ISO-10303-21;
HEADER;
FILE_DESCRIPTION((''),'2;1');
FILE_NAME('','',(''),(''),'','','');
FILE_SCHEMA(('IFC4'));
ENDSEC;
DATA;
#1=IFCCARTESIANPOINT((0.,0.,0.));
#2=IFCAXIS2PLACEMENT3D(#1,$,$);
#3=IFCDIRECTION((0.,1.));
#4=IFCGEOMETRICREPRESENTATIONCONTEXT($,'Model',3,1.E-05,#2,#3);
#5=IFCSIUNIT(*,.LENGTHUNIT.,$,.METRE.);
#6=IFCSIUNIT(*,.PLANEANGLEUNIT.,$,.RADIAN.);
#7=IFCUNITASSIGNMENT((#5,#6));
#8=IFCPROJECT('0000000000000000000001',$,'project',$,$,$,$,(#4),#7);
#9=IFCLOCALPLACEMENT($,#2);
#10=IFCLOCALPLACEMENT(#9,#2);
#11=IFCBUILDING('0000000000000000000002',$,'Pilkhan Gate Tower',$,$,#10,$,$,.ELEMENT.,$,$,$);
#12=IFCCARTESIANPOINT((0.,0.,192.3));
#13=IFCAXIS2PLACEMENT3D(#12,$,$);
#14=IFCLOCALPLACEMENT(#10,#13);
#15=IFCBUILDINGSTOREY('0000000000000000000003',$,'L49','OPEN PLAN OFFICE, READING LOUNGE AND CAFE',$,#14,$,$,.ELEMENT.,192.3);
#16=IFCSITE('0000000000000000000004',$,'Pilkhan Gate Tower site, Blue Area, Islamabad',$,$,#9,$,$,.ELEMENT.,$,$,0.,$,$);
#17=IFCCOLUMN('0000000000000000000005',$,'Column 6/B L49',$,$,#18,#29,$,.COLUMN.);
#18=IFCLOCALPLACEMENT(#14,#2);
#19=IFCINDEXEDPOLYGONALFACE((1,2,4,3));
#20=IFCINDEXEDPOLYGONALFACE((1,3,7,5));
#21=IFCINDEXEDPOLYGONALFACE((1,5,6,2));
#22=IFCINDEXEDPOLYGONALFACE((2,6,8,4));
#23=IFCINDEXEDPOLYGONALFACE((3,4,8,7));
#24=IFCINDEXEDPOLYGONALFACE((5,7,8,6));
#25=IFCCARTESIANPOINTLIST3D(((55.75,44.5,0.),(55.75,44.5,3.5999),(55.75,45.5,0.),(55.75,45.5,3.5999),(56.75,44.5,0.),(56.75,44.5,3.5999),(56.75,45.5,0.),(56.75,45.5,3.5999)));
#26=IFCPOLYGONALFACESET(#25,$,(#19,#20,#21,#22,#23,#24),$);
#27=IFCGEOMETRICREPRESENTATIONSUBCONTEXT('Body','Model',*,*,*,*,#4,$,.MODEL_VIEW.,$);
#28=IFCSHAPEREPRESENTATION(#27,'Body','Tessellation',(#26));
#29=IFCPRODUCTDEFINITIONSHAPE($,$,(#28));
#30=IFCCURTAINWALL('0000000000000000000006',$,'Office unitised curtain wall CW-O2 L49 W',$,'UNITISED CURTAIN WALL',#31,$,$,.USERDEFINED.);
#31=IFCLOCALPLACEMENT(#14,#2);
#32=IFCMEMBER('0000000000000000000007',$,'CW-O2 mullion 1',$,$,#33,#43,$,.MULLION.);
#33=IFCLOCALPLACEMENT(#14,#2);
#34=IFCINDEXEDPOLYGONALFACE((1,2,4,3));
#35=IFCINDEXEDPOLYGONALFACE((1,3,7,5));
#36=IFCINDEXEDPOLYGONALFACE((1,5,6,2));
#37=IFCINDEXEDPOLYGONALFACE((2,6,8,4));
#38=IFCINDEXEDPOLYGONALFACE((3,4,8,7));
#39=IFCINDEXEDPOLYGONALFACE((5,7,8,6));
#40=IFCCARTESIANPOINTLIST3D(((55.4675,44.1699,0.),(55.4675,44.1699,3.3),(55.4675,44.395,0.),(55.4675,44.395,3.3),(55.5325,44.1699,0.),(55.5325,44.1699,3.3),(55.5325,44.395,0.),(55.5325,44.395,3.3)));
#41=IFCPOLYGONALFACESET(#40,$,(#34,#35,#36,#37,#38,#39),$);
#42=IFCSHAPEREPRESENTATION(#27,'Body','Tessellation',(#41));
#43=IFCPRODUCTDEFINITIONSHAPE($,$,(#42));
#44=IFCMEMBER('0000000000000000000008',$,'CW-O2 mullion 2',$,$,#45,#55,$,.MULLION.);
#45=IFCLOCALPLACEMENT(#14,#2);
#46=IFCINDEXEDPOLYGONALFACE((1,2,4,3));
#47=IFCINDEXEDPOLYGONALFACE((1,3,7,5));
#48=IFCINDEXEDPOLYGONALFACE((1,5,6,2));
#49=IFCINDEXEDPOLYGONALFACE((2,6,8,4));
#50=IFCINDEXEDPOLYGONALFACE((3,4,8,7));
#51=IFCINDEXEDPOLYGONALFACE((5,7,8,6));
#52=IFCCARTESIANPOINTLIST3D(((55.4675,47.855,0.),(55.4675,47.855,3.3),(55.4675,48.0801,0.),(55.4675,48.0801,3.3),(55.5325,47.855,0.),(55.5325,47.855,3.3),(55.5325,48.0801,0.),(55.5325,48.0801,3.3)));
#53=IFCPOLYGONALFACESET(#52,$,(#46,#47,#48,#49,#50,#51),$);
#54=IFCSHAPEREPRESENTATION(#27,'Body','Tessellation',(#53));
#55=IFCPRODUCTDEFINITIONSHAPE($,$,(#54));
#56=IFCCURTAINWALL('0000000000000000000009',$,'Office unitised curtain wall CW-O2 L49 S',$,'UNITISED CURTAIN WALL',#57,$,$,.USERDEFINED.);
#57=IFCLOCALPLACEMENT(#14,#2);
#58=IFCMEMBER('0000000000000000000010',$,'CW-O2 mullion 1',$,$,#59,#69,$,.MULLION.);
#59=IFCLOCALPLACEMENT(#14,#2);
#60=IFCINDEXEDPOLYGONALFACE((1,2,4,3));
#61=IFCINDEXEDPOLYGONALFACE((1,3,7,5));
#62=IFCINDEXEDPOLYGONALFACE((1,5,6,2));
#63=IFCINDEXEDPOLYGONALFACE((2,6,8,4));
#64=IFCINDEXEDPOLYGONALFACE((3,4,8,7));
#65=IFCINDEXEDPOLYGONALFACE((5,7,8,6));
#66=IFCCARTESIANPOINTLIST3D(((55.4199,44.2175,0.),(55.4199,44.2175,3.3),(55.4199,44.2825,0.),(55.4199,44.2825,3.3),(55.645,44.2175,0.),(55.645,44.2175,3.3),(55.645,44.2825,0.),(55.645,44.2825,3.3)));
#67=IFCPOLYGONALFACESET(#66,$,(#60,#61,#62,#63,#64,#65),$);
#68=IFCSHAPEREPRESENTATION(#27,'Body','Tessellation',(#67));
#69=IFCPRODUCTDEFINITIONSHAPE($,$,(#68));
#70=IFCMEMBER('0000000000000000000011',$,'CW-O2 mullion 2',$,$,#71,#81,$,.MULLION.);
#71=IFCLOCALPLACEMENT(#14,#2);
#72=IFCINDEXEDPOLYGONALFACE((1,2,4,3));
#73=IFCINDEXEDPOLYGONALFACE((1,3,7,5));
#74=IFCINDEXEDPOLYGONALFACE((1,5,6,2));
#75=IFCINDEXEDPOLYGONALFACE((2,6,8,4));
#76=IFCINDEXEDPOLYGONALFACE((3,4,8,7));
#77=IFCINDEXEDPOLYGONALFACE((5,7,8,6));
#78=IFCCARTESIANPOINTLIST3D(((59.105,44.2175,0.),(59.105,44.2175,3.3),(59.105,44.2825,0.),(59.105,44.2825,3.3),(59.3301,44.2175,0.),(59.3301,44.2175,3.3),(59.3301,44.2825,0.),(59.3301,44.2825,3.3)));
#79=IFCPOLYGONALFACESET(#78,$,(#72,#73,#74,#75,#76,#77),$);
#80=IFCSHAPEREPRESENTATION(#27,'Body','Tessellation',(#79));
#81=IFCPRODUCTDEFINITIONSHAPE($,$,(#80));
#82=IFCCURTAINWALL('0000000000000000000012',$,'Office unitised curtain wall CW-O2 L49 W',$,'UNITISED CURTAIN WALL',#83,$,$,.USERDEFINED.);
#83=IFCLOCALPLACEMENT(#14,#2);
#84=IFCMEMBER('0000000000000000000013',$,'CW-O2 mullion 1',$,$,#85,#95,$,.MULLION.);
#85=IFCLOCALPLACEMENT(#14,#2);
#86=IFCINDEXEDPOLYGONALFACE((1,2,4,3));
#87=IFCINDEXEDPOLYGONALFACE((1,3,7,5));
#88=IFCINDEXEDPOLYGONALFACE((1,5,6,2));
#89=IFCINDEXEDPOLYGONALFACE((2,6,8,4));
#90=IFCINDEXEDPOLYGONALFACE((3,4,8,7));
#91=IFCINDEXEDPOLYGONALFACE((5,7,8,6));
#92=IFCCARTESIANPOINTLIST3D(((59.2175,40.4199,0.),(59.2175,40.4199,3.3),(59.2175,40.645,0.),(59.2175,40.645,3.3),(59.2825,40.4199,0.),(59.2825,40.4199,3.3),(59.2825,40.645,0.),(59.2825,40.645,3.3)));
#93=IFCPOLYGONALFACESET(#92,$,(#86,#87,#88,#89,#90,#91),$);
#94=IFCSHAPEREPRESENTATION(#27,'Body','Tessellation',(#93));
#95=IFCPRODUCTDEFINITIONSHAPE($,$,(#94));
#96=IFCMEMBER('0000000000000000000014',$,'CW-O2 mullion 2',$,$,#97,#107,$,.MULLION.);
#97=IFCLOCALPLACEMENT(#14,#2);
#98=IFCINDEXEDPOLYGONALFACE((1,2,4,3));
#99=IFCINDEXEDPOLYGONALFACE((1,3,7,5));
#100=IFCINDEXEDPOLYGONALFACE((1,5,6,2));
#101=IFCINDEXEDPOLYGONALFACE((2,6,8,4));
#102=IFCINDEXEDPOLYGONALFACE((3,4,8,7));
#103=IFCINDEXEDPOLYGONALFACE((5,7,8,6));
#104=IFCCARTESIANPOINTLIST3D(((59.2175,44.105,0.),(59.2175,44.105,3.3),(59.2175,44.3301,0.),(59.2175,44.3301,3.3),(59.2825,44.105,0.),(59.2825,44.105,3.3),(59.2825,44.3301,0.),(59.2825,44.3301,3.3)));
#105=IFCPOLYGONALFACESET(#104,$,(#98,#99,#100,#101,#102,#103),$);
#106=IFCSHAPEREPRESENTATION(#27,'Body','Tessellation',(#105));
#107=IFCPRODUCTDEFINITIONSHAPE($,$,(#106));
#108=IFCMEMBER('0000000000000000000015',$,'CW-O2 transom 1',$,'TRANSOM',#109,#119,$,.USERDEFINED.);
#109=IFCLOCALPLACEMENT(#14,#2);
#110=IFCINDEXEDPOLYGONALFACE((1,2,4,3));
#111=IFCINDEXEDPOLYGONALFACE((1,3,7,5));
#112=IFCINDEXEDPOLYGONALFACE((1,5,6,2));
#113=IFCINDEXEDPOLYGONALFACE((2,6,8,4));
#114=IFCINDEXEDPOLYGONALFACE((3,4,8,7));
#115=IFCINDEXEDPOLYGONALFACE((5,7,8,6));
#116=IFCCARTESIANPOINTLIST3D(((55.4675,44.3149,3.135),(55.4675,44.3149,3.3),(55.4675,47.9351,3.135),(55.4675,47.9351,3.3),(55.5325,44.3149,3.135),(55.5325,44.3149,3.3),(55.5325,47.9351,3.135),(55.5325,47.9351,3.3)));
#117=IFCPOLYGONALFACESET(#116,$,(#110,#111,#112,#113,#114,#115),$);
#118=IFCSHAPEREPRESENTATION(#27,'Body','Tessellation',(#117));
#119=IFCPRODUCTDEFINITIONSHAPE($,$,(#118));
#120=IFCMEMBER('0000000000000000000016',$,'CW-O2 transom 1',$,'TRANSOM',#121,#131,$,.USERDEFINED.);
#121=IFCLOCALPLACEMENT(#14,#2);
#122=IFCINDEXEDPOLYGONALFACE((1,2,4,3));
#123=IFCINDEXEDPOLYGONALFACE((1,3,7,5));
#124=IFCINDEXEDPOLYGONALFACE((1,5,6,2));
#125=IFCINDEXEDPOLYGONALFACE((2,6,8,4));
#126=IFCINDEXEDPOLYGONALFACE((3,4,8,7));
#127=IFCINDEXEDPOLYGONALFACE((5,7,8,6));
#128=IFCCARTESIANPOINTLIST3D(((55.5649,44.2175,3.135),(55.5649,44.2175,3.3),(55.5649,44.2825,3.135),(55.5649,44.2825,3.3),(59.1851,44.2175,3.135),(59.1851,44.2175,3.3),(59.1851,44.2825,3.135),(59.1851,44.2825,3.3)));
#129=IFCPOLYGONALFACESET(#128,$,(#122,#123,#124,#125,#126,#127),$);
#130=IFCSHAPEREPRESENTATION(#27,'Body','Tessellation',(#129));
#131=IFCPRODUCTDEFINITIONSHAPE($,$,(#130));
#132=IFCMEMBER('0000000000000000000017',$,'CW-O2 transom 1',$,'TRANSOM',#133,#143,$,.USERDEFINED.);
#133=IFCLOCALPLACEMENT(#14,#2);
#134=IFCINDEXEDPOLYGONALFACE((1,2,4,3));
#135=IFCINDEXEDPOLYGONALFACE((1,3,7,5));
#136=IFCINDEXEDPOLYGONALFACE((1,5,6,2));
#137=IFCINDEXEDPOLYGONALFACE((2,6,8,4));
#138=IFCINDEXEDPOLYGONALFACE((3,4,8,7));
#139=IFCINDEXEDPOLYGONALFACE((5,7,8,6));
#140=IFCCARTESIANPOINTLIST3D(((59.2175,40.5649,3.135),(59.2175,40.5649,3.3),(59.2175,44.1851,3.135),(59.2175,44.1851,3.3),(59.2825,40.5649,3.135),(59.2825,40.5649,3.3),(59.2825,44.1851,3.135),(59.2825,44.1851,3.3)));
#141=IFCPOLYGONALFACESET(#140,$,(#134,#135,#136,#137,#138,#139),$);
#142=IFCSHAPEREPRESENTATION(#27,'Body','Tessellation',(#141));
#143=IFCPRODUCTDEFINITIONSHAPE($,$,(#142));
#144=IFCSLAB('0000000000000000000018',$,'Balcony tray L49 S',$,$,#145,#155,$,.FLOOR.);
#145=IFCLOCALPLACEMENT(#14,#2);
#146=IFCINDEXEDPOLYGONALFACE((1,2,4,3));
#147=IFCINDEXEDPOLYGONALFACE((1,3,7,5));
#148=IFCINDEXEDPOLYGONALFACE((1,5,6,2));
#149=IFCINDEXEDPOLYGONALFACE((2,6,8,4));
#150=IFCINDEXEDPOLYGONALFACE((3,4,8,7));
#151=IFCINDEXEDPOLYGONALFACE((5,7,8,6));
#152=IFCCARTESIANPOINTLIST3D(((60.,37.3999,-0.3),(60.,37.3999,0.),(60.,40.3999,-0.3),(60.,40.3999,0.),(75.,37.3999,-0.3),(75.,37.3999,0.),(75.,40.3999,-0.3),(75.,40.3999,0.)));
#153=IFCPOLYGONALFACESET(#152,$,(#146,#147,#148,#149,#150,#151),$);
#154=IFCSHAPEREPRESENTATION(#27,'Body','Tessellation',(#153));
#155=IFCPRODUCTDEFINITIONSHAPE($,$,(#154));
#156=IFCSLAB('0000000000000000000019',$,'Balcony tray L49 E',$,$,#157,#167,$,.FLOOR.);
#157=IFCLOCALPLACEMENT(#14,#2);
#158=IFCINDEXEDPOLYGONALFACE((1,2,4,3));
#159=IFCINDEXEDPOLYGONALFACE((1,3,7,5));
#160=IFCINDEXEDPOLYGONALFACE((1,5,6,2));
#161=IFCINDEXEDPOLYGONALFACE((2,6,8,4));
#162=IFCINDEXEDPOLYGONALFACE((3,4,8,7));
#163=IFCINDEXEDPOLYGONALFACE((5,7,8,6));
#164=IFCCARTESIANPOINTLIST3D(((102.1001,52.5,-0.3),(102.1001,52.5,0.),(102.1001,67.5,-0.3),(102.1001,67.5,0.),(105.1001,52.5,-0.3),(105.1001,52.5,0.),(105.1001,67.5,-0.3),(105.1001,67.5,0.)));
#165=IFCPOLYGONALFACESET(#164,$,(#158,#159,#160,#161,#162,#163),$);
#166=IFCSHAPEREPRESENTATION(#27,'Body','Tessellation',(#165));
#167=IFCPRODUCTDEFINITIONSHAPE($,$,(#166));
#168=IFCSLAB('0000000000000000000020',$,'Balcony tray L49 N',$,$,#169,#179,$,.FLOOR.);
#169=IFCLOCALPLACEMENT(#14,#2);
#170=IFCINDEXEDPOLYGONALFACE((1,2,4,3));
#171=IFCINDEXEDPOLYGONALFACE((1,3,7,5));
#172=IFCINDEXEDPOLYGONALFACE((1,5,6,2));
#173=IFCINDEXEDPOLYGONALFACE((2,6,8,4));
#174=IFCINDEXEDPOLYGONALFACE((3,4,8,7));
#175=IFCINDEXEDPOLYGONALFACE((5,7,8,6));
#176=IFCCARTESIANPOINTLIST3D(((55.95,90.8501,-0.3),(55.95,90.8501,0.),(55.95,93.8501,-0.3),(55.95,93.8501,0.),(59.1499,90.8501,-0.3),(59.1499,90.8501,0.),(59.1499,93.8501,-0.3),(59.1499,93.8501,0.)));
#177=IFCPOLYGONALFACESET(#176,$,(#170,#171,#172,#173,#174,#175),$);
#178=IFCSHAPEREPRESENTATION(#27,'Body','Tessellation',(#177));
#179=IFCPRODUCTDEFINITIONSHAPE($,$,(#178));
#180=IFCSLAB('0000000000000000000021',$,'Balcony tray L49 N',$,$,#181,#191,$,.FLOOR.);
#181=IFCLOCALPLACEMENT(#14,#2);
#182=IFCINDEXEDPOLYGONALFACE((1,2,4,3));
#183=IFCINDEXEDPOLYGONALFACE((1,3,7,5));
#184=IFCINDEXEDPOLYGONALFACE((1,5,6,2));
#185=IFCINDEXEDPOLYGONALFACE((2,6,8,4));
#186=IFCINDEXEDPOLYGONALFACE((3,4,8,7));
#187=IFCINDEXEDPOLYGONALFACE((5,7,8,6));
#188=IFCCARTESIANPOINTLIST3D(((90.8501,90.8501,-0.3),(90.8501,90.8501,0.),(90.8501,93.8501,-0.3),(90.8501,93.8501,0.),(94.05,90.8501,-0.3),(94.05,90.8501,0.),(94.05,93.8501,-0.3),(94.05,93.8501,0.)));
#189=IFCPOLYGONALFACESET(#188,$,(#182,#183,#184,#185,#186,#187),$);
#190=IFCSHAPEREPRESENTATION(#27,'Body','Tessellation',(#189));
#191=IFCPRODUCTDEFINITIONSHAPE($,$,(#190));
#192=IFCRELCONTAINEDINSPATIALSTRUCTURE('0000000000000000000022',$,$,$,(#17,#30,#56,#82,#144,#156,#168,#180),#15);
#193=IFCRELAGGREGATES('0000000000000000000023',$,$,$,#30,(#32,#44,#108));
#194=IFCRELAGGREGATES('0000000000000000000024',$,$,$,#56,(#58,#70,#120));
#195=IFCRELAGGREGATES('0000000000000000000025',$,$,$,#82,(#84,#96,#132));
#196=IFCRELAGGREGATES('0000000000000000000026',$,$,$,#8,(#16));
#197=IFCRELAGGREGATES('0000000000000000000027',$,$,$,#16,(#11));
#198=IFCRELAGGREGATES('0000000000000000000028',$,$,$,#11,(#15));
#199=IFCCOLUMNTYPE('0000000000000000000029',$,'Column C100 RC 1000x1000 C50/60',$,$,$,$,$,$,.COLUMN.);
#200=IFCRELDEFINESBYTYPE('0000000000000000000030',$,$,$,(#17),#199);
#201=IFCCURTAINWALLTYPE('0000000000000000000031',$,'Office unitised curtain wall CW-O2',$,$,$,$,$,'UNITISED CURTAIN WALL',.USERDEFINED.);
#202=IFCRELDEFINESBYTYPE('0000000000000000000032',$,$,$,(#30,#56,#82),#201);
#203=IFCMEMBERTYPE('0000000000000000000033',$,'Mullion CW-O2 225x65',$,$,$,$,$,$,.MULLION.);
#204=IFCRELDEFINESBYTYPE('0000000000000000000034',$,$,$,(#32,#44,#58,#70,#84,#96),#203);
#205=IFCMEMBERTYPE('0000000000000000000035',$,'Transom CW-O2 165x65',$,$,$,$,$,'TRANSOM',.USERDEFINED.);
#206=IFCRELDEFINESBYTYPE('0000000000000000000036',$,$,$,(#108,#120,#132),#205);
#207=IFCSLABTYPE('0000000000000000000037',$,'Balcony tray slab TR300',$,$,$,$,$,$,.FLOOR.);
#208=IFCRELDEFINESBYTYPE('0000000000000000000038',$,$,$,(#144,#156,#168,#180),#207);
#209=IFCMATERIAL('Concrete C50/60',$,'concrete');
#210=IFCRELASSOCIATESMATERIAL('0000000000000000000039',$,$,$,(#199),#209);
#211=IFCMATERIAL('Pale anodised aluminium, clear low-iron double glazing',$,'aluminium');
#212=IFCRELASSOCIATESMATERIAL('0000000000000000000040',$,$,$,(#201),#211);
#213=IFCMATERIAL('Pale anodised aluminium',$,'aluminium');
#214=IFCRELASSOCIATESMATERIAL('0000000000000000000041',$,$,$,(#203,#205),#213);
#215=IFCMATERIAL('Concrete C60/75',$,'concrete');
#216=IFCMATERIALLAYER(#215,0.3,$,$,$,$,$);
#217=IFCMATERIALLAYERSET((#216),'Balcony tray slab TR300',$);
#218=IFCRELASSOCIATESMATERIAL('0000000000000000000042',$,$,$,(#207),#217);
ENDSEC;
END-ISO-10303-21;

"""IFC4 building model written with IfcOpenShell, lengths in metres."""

from ifc_helpers import new_model, si_unit, direction, frame, origin, origin_2d, place, context, subcontext, project, spatial, polyline, rectangle, outline, extrude, material, layer, layer_set, material_profile, profile_set, type_object, element, aggregate, save


model = new_model("IFC4")

# Units and contexts
model_context = context("Model", 3, precision=1e-05, world=origin(), true_north=direction((0.0, 1.0)))
body_context = subcontext(model_context, "Body", "Model", "MODEL_VIEW")
ifc_project = project(units=[si_unit("LENGTHUNIT", "METRE"), si_unit("PLANEANGLEUNIT", "RADIAN")], contexts=[model_context])

# Site, building, storey
site_placement = place(None, origin())
site = spatial("IfcSite", under=ifc_project, at=site_placement, Name="Pilkhan Gate Tower site, Blue Area, Islamabad", CompositionType="ELEMENT", RefElevation=0.0)
building_placement = place(site_placement, origin())
building = spatial("IfcBuilding", under=site, at=building_placement, Name="Pilkhan Gate Tower", CompositionType="ELEMENT")
storey_placement = place(building_placement, frame((0.0, 0.0, 192.3)))
storey = spatial("IfcBuildingStorey", under=building, at=storey_placement, Name="L49", Description="OPEN PLAN OFFICE, READING LOUNGE AND CAFE", CompositionType="ELEMENT", Elevation=192.3)

# Column
ifc_material_1 = material(Name="Concrete C50/60", Category="concrete")
ifc_material_profile_1 = material_profile(ifc_material_1, rectangle(XDim=1.0, YDim=1.0, at=origin_2d()), Name="RC 1000x1000")
ifc_profile_set_1 = profile_set([ifc_material_profile_1], Name="Concrete C50/60")
column_type = type_object("IfcColumnType", Name="Column C100 RC 1000x1000 C50/60", PredefinedType="COLUMN", material=ifc_profile_set_1)
column_placement = place(storey_placement, frame((56.25, 45.0, 0.0), z_axis=(0.0, 0.0, 1.0), x_axis=(1.0, 0.0, 0.0)))
element("IfcColumn", 1, at=column_placement, inside=storey, type_object=column_type, Name="Column 6/B L49", PredefinedType="COLUMN", context=body_context, shape_type="SweptSolid", body=[
    extrude(rectangle(XDim=1.0, YDim=1.0, at=origin_2d()), origin(), (0.0, 0.0, 1.0), 3.5999),
])

# Curtain walls, members
ifc_material_2 = material(Name="Pale anodised aluminium, clear low-iron double glazing", Category="aluminium")
curtain_wall_type = type_object("IfcCurtainWallType", Name="Office unitised curtain wall CW-O2", ElementType="UNITISED CURTAIN WALL", PredefinedType="USERDEFINED", material=ifc_material_2)
curtain_wall_1_placement = place(storey_placement, origin())
curtain_wall_1 = element("IfcCurtainWall", 2, at=curtain_wall_1_placement, inside=storey, type_object=curtain_wall_type, Name="Office unitised curtain wall CW-O2 L49 W", ObjectType="UNITISED CURTAIN WALL", PredefinedType="USERDEFINED")
ifc_material_3 = material(Name="Pale anodised aluminium", Category="aluminium")
ifc_material_profile_2 = material_profile(ifc_material_3, rectangle(XDim=0.0649, YDim=0.2251, at=origin_2d()), Name="Mullion 225x65")
ifc_profile_set_2 = profile_set([ifc_material_profile_2], Name="Pale anodised aluminium")
member_type_1 = type_object("IfcMemberType", Name="Mullion CW-O2 225x65", PredefinedType="MULLION", material=ifc_profile_set_2)
member_1_placement = place(storey_placement, frame((55.5, 44.2825, 0.0), z_axis=(0.0, 0.0, 1.0), x_axis=(-1.0, 0.0, 0.0)))
member_1 = element("IfcMember", 3, at=member_1_placement, type_object=member_type_1, Name="CW-O2 mullion 1", PredefinedType="MULLION", context=body_context, shape_type="SweptSolid", body=[
    extrude(rectangle(XDim=0.0649, YDim=0.2251, at=origin_2d()), origin(), (0.0, 0.0, 1.0), 3.3),
])
member_2_placement = place(storey_placement, frame((55.5, 47.9675, 0.0), z_axis=(0.0, 0.0, 1.0), x_axis=(-1.0, 0.0, 0.0)))
member_2 = element("IfcMember", 4, at=member_2_placement, type_object=member_type_1, Name="CW-O2 mullion 2", PredefinedType="MULLION", context=body_context, shape_type="SweptSolid", body=[
    extrude(rectangle(XDim=0.0649, YDim=0.2251, at=origin_2d()), origin(), (0.0, 0.0, 1.0), 3.3),
])
curtain_wall_2_placement = place(storey_placement, origin())
curtain_wall_2 = element("IfcCurtainWall", 5, at=curtain_wall_2_placement, inside=storey, type_object=curtain_wall_type, Name="Office unitised curtain wall CW-O2 L49 S", ObjectType="UNITISED CURTAIN WALL", PredefinedType="USERDEFINED")
member_3_placement = place(storey_placement, frame((55.5325, 44.25, 0.0), z_axis=(0.0, 0.0, 1.0), x_axis=(0.0, 1.0, 0.0)))
member_3 = element("IfcMember", 6, at=member_3_placement, type_object=member_type_1, Name="CW-O2 mullion 1", PredefinedType="MULLION", context=body_context, shape_type="SweptSolid", body=[
    extrude(rectangle(XDim=0.0649, YDim=0.2251, at=origin_2d()), origin(), (0.0, 0.0, 1.0), 3.3),
])
member_4_placement = place(storey_placement, frame((59.2175, 44.25, 0.0), z_axis=(0.0, 0.0, 1.0), x_axis=(0.0, 1.0, 0.0)))
member_4 = element("IfcMember", 7, at=member_4_placement, type_object=member_type_1, Name="CW-O2 mullion 2", PredefinedType="MULLION", context=body_context, shape_type="SweptSolid", body=[
    extrude(rectangle(XDim=0.0649, YDim=0.2251, at=origin_2d()), origin(), (0.0, 0.0, 1.0), 3.3),
])
curtain_wall_3_placement = place(storey_placement, origin())
curtain_wall_3 = element("IfcCurtainWall", 8, at=curtain_wall_3_placement, inside=storey, type_object=curtain_wall_type, Name="Office unitised curtain wall CW-O2 L49 W", ObjectType="UNITISED CURTAIN WALL", PredefinedType="USERDEFINED")
member_5_placement = place(storey_placement, frame((59.25, 40.5325, 0.0), z_axis=(0.0, 0.0, 1.0), x_axis=(-1.0, 0.0, 0.0)))
member_5 = element("IfcMember", 9, at=member_5_placement, type_object=member_type_1, Name="CW-O2 mullion 1", PredefinedType="MULLION", context=body_context, shape_type="SweptSolid", body=[
    extrude(rectangle(XDim=0.0649, YDim=0.2251, at=origin_2d()), origin(), (0.0, 0.0, 1.0), 3.3),
])
member_6_placement = place(storey_placement, frame((59.25, 44.2175, 0.0), z_axis=(0.0, 0.0, 1.0), x_axis=(-1.0, 0.0, 0.0)))
member_6 = element("IfcMember", 10, at=member_6_placement, type_object=member_type_1, Name="CW-O2 mullion 2", PredefinedType="MULLION", context=body_context, shape_type="SweptSolid", body=[
    extrude(rectangle(XDim=0.0649, YDim=0.2251, at=origin_2d()), origin(), (0.0, 0.0, 1.0), 3.3),
])

# Members
ifc_material_profile_3 = material_profile(ifc_material_3, rectangle(XDim=0.0649, YDim=0.165, at=origin_2d()), Name="Transom 165x65")
ifc_profile_set_3 = profile_set([ifc_material_profile_3], Name="Pale anodised aluminium")
member_type_2 = type_object("IfcMemberType", Name="Transom CW-O2 165x65", ElementType="TRANSOM", PredefinedType="USERDEFINED", material=ifc_profile_set_3)
member_7_placement = place(storey_placement, frame((55.5, 44.3149, 3.2175), z_axis=(0.0, 1.0, 0.0), x_axis=(-1.0, 0.0, 0.0)))
member_7 = element("IfcMember", 11, at=member_7_placement, type_object=member_type_2, Name="CW-O2 transom 1", ObjectType="TRANSOM", PredefinedType="USERDEFINED", context=body_context, shape_type="SweptSolid", body=[
    extrude(rectangle(XDim=0.0649, YDim=0.165, at=origin_2d()), origin(), (0.0, 0.0, 1.0), 3.6201),
])
member_8_placement = place(storey_placement, frame((55.5649, 44.25, 3.2175), z_axis=(1.0, 0.0, 0.0), x_axis=(0.0, 1.0, 0.0)))
member_8 = element("IfcMember", 12, at=member_8_placement, type_object=member_type_2, Name="CW-O2 transom 1", ObjectType="TRANSOM", PredefinedType="USERDEFINED", context=body_context, shape_type="SweptSolid", body=[
    extrude(rectangle(XDim=0.0649, YDim=0.165, at=origin_2d()), origin(), (0.0, 0.0, 1.0), 3.6201),
])
member_9_placement = place(storey_placement, frame((59.25, 40.5649, 3.2175), z_axis=(0.0, 1.0, 0.0), x_axis=(-1.0, 0.0, 0.0)))
member_9 = element("IfcMember", 13, at=member_9_placement, type_object=member_type_2, Name="CW-O2 transom 1", ObjectType="TRANSOM", PredefinedType="USERDEFINED", context=body_context, shape_type="SweptSolid", body=[
    extrude(rectangle(XDim=0.0649, YDim=0.165, at=origin_2d()), origin(), (0.0, 0.0, 1.0), 3.6201),
])

# Slabs
ifc_material_4 = material(Name="Concrete C60/75", Category="concrete")
ifc_layer_1 = layer(ifc_material_4, 0.3)
ifc_layer_set_1 = layer_set([ifc_layer_1], Name="Balcony tray slab TR300")
slab_type_1 = type_object("IfcSlabType", Name="Balcony tray slab TR300", PredefinedType="FLOOR", material=ifc_layer_set_1)
slab_1_placement = place(storey_placement, frame((0.0, 0.0, -0.3)))
element("IfcSlab", 14, at=slab_1_placement, inside=storey, type_object=slab_type_1, Name="Balcony tray L49 S", PredefinedType="FLOOR", context=body_context, shape_type="SweptSolid", body=[
    extrude(outline(polyline([(75.0, 37.3999), (75.0, 40.3999), (60.0, 40.3999), (60.0, 37.3999), (75.0, 37.3999)])), origin(), (0.0, 0.0, 1.0), 0.3),
])
slab_2_placement = place(storey_placement, frame((0.0, 0.0, -0.3)))
element("IfcSlab", 15, at=slab_2_placement, inside=storey, type_object=slab_type_1, Name="Balcony tray L49 E", PredefinedType="FLOOR", context=body_context, shape_type="SweptSolid", body=[
    extrude(outline(polyline([(105.1001, 52.5), (105.1001, 67.5), (102.1001, 67.5), (102.1001, 52.5), (105.1001, 52.5)])), origin(), (0.0, 0.0, 1.0), 0.3),
])
slab_3_placement = place(storey_placement, frame((0.0, 0.0, -0.3)))
element("IfcSlab", 16, at=slab_3_placement, inside=storey, type_object=slab_type_1, Name="Balcony tray L49 N", PredefinedType="FLOOR", context=body_context, shape_type="SweptSolid", body=[
    extrude(outline(polyline([(59.1499, 90.8501), (59.1499, 93.8501), (55.95, 93.8501), (55.95, 90.8501), (59.1499, 90.8501)])), origin(), (0.0, 0.0, 1.0), 0.3),
])
slab_4_placement = place(storey_placement, frame((0.0, 0.0, -0.3)))
element("IfcSlab", 17, at=slab_4_placement, inside=storey, type_object=slab_type_1, Name="Balcony tray L49 N", PredefinedType="FLOOR", context=body_context, shape_type="SweptSolid", body=[
    extrude(outline(polyline([(94.05, 90.8501), (94.05, 93.8501), (90.8501, 93.8501), (90.8501, 90.8501), (94.05, 90.8501)])), origin(), (0.0, 0.0, 1.0), 0.3),
])

aggregate(curtain_wall_1, [member_1, member_2, member_7])
aggregate(curtain_wall_2, [member_3, member_4, member_8])
aggregate(curtain_wall_3, [member_5, member_6, member_9])

save(model, "model.ifc")
